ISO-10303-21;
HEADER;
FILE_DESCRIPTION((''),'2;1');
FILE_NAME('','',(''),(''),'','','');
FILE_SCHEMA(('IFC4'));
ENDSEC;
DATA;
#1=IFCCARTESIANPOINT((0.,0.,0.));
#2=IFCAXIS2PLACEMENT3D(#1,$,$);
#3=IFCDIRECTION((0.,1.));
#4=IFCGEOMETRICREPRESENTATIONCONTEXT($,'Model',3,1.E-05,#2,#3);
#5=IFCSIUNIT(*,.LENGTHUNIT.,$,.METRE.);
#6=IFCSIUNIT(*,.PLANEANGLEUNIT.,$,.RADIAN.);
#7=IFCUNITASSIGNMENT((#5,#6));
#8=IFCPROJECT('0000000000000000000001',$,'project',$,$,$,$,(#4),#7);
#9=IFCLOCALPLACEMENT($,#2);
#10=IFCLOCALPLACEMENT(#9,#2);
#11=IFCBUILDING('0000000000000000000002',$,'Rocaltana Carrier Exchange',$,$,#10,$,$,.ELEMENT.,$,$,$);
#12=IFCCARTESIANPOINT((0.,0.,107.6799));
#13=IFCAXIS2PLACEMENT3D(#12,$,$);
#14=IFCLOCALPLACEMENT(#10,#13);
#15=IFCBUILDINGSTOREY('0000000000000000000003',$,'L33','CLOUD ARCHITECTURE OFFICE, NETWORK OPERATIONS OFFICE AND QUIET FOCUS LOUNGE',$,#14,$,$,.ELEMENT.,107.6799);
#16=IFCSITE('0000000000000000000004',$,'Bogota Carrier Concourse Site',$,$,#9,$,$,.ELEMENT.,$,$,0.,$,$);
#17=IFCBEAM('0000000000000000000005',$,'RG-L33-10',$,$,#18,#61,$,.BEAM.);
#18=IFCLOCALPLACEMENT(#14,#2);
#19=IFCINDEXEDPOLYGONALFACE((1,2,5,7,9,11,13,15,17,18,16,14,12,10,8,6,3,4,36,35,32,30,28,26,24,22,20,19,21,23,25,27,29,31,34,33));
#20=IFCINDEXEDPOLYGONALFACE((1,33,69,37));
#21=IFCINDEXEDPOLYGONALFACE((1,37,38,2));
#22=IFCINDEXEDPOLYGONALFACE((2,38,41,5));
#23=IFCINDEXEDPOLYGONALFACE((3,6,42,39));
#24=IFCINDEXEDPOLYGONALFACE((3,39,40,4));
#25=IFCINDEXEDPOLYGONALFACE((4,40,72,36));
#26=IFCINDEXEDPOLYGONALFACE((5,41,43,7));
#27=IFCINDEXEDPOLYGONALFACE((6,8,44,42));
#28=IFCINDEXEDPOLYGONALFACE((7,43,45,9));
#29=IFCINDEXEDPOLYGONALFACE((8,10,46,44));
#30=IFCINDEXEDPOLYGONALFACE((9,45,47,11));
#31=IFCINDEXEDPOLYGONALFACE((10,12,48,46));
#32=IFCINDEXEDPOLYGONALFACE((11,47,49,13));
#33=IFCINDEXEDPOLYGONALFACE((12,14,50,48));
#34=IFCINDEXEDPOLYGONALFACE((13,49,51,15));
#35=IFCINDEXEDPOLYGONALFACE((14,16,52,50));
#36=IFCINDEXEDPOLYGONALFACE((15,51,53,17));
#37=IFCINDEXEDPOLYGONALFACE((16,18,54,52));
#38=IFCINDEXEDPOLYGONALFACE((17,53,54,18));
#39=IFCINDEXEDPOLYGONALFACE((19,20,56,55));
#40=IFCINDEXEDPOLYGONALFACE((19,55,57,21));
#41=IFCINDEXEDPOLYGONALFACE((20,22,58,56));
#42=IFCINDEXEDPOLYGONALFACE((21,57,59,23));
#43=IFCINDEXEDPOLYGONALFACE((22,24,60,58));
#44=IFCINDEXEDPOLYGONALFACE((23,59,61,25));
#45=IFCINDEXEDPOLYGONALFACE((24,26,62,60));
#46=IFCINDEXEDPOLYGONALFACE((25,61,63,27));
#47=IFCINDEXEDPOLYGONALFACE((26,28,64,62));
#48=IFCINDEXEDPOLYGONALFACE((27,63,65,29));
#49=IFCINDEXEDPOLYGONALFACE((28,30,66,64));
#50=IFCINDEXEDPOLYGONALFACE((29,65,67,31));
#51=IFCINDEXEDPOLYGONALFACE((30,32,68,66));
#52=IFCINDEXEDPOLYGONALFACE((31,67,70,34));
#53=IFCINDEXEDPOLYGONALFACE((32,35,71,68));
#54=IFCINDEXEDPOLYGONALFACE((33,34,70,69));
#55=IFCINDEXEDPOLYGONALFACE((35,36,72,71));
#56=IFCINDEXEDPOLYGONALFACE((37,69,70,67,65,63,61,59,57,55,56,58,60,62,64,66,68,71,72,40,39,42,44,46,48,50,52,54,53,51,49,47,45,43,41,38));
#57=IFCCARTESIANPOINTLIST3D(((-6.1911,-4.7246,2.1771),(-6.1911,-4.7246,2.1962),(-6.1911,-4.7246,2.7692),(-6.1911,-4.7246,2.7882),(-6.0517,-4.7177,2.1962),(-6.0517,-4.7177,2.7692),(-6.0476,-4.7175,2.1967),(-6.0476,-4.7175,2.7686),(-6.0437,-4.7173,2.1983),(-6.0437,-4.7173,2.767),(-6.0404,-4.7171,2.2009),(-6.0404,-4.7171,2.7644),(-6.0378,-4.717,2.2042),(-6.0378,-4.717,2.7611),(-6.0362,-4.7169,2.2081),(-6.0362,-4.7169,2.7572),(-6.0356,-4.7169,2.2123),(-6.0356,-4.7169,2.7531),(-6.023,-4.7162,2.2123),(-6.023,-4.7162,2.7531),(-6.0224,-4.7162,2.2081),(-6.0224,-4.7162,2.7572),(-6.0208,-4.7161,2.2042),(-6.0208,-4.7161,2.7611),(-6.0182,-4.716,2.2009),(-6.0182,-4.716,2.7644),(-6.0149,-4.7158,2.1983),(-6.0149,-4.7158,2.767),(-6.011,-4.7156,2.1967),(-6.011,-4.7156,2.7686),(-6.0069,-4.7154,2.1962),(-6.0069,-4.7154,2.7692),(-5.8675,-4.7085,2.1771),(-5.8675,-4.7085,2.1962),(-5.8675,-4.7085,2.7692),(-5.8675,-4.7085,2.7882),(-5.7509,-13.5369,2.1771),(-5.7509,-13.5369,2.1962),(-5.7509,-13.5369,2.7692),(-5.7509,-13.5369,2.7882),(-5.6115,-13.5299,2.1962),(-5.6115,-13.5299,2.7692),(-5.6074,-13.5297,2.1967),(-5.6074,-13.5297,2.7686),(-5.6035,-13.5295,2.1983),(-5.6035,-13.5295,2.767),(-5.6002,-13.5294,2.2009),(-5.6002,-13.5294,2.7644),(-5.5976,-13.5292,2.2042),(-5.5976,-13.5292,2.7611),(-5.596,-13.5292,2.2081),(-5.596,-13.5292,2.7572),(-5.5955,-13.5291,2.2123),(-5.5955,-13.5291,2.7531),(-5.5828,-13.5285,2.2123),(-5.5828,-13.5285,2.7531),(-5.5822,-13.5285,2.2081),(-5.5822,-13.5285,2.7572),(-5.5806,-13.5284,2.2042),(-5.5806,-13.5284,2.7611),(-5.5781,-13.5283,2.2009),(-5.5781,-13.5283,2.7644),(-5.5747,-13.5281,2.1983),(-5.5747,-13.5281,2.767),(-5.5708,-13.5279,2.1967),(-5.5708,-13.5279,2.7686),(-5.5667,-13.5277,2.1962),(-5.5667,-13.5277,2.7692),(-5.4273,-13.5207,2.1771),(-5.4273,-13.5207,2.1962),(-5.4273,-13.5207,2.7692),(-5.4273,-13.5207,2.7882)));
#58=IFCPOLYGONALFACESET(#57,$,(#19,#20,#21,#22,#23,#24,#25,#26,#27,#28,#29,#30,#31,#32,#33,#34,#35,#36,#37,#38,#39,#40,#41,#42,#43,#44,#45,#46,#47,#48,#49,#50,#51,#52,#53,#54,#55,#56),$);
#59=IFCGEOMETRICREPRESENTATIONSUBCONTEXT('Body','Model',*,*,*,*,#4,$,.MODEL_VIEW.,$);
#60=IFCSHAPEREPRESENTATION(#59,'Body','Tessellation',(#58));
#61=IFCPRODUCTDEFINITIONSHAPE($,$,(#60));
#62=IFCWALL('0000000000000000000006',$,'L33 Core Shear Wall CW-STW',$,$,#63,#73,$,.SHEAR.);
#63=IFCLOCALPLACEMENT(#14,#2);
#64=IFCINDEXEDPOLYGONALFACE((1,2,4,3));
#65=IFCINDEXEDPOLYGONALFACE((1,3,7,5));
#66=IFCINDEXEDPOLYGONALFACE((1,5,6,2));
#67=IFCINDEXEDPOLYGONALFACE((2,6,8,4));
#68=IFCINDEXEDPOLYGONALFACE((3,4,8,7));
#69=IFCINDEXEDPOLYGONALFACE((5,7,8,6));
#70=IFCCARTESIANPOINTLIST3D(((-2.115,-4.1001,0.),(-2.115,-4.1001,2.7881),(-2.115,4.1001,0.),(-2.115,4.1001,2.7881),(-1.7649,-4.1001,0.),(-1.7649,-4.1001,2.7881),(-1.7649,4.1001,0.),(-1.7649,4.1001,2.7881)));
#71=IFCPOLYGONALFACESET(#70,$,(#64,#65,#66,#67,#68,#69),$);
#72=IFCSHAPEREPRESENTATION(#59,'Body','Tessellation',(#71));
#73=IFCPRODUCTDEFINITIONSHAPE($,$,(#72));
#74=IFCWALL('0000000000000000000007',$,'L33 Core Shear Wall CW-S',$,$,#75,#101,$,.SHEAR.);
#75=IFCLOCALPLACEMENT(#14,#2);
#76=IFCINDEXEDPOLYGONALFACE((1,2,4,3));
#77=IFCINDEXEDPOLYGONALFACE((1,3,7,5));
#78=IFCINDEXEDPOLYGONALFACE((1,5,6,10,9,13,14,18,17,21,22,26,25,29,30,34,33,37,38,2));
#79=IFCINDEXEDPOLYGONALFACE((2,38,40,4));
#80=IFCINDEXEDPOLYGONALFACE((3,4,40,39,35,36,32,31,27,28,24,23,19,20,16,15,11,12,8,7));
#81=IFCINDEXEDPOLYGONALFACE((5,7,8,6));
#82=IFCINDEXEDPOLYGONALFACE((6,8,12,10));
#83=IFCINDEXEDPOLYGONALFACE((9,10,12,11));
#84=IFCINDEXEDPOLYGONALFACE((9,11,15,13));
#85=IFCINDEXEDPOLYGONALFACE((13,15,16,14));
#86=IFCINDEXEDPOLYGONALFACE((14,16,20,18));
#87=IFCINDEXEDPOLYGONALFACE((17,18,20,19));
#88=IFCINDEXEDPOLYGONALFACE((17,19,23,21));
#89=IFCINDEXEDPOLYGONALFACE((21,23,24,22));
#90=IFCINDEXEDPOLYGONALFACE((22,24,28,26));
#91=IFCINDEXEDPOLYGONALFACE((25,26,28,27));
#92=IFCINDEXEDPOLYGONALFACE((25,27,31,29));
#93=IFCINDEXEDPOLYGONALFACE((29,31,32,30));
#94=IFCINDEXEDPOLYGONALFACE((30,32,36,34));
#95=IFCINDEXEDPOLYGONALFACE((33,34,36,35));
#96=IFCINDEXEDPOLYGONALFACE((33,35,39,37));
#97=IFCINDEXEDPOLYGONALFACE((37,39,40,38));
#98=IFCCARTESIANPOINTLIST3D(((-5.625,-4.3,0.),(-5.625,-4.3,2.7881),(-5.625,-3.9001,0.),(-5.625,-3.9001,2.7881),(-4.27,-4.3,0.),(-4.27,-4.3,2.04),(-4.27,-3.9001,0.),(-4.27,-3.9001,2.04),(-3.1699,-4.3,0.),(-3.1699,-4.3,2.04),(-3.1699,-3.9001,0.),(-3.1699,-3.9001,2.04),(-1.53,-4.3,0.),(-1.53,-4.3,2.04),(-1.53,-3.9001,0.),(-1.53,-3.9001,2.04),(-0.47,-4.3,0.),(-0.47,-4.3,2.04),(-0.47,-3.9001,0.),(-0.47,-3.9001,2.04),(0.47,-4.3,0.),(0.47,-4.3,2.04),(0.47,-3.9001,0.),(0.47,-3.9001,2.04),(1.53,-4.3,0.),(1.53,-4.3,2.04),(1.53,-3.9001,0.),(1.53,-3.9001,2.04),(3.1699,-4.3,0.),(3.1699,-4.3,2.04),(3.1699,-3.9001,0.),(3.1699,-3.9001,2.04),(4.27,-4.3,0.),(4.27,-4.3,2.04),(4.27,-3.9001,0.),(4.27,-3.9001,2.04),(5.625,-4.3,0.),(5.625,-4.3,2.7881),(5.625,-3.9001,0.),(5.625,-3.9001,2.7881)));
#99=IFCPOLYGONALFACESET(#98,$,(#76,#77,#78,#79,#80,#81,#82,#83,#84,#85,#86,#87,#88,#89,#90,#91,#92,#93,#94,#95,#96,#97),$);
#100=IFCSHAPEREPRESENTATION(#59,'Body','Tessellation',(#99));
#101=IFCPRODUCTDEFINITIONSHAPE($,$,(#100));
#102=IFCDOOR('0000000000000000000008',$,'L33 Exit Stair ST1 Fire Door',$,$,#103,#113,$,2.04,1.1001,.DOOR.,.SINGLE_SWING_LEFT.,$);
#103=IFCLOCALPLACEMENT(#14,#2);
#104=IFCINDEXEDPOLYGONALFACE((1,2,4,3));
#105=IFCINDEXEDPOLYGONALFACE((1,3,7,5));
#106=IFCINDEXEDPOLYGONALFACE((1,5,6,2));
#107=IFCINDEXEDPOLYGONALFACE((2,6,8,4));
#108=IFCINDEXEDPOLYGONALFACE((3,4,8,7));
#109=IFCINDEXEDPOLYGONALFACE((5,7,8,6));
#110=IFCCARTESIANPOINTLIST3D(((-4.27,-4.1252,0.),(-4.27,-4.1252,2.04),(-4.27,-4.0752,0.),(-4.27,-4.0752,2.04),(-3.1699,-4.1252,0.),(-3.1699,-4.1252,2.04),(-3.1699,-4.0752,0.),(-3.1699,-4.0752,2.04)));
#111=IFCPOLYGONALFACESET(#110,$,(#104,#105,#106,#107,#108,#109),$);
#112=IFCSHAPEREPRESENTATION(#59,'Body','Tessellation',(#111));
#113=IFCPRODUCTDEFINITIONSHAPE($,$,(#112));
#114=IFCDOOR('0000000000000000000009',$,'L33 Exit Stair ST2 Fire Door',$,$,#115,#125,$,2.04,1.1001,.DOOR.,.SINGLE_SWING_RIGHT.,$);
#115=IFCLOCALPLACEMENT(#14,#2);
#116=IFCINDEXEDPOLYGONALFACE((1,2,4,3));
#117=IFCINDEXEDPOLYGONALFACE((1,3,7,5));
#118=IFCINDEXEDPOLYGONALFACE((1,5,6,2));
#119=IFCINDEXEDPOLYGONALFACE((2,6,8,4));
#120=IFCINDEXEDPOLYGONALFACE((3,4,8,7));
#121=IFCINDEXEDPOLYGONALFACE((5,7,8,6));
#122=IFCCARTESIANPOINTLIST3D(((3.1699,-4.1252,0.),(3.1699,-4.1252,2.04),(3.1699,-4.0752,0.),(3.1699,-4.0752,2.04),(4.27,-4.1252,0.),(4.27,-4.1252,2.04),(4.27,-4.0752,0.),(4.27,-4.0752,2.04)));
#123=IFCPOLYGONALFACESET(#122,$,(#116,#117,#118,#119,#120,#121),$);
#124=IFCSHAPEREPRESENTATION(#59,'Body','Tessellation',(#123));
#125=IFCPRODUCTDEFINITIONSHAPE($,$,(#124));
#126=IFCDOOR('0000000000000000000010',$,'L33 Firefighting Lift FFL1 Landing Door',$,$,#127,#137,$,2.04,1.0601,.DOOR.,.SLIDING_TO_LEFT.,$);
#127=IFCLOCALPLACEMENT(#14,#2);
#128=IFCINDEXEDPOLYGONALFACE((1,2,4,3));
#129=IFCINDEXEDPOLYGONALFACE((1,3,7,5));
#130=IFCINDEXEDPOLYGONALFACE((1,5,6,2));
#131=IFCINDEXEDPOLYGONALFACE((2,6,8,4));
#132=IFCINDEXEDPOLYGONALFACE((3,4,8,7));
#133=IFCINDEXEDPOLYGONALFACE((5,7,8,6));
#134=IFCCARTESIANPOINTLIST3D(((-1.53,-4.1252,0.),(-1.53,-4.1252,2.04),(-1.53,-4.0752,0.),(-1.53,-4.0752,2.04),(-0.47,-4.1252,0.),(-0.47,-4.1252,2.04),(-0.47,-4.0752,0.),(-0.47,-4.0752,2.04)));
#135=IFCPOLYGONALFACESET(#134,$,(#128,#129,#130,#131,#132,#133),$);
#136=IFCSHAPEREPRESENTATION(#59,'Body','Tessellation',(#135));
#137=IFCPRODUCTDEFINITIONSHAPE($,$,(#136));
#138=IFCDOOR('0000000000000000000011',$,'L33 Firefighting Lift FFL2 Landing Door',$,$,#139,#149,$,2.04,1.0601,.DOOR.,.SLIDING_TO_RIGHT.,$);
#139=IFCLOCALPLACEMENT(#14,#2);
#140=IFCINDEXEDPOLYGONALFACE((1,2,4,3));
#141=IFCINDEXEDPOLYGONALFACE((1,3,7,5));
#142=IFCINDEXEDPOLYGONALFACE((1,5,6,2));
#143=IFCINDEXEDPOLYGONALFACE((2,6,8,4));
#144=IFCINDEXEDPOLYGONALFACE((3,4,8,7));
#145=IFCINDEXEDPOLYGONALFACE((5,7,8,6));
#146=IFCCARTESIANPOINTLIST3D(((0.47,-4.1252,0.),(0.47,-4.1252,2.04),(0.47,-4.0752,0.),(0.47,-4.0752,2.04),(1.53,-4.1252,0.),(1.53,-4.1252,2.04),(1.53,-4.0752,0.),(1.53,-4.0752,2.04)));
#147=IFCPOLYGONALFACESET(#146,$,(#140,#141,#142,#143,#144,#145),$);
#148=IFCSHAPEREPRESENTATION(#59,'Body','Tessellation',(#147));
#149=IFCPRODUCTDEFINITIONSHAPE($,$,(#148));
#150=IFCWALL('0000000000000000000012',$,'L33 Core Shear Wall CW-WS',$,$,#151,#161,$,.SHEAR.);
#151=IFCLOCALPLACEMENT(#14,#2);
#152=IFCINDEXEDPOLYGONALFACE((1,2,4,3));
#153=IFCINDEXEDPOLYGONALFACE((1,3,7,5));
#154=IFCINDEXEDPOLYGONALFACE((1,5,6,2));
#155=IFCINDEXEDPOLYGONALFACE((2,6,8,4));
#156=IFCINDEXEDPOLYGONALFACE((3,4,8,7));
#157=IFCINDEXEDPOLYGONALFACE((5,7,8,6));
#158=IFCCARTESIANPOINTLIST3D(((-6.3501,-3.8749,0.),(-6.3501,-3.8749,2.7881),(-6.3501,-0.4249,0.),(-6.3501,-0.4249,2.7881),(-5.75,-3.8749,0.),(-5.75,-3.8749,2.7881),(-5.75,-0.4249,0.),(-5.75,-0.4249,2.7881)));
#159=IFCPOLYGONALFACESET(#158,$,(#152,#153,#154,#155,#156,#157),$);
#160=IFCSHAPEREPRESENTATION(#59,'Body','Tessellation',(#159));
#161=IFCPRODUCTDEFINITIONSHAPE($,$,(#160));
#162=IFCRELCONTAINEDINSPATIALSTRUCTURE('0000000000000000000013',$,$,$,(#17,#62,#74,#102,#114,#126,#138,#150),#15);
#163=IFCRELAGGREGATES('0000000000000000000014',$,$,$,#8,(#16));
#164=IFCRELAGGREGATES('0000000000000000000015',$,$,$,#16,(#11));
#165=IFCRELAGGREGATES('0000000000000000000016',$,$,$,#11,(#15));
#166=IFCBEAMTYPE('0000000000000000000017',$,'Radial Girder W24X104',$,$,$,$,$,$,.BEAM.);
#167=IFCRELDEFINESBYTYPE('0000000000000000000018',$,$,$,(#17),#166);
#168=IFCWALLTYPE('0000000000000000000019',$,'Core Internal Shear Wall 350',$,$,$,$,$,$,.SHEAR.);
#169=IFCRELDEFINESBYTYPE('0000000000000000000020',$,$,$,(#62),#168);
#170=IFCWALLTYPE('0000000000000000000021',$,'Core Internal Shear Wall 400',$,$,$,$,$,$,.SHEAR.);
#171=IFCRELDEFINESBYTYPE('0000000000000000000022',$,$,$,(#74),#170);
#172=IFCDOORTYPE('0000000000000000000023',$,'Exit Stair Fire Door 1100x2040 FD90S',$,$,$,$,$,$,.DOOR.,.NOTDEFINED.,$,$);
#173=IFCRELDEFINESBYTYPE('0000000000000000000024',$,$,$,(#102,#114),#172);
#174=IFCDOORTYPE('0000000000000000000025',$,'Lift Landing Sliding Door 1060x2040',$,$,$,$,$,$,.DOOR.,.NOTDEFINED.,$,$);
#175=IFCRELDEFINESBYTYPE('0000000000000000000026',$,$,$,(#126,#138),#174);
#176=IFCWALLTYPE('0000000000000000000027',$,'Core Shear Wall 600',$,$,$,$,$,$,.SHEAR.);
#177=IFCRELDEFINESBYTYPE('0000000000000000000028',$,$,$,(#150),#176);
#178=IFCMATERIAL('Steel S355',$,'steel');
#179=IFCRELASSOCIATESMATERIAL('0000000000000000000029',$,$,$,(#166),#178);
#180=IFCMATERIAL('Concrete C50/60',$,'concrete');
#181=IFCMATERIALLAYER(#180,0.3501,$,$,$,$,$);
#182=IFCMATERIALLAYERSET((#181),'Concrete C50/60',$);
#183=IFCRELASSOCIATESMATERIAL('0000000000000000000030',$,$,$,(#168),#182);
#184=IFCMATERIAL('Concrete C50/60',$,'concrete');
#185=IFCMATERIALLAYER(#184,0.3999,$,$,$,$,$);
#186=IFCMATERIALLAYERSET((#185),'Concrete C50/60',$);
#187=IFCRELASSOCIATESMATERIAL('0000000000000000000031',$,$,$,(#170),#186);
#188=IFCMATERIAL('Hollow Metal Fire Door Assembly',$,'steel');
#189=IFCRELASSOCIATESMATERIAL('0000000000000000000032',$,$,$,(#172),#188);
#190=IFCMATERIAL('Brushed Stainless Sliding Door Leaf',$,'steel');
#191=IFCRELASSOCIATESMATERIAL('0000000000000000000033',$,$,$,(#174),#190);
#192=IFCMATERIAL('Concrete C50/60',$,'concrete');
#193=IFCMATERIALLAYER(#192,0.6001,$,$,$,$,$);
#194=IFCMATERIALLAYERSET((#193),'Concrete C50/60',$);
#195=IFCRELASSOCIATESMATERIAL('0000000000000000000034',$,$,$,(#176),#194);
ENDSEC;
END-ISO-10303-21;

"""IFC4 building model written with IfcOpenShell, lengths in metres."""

from ifc_helpers import new_model, si_unit, direction, frame, frame_2d, origin, origin_2d, place, context, subcontext, project, spatial, rectangle, i_section, extrude, material, layer, layer_set, material_profile, profile_set, type_object, element, fill, save


model = new_model("IFC4")

# Units and contexts
model_context = context("Model", 3, precision=1e-05, world=origin(), true_north=direction((0.0, 1.0)))
body_context = subcontext(model_context, "Body", "Model", "MODEL_VIEW")
ifc_project = project(units=[si_unit("LENGTHUNIT", "METRE"), si_unit("PLANEANGLEUNIT", "RADIAN")], contexts=[model_context])

# Site, building, storey
site_placement = place(None, origin())
site = spatial("IfcSite", under=ifc_project, at=site_placement, Name="Bogota Carrier Concourse Site", CompositionType="ELEMENT", RefElevation=0.0)
building_placement = place(site_placement, origin())
building = spatial("IfcBuilding", under=site, at=building_placement, Name="Rocaltana Carrier Exchange", CompositionType="ELEMENT")
storey_placement = place(building_placement, frame((0.0, 0.0, 107.6799)))
storey = spatial("IfcBuildingStorey", under=building, at=storey_placement, Name="L33", Description="CLOUD ARCHITECTURE OFFICE, NETWORK OPERATIONS OFFICE AND QUIET FOCUS LOUNGE", CompositionType="ELEMENT", Elevation=107.6799)

# Beam
ifc_material_1 = material(Name="Steel S355", Category="steel")
ifc_material_profile_1 = material_profile(ifc_material_1, i_section(OverallWidth=0.324, OverallDepth=0.6111, WebThickness=0.0127, FlangeThickness=0.019, FilletRadius=0.0161, at=origin_2d()), Name="W24X104")
ifc_profile_set_1 = profile_set([ifc_material_profile_1], Name="Steel S355")
beam_type = type_object("IfcBeamType", Name="Radial Girder W24X104", PredefinedType="BEAM", material=ifc_profile_set_1)
beam_1_placement = place(storey_placement, frame((-6.0293, -4.7166, 2.4827), z_axis=(0.049889, -0.998755, 0.0), x_axis=(0.998755, 0.049889, 0.0)))
element("IfcBeam", 1, at=beam_1_placement, inside=storey, type_object=beam_type, Name="RG-L33-10", PredefinedType="BEAM", context=body_context, shape_type="SweptSolid", body=[
    extrude(i_section(OverallWidth=0.324, OverallDepth=0.6111, WebThickness=0.0127, FlangeThickness=0.019, FilletRadius=0.0161, at=origin_2d()), origin(), (0.0, 0.0, 1.0), 8.8232),
])

# Wall
ifc_material_2 = material(Name="Concrete C50/60", Category="concrete")
ifc_layer_1 = layer(ifc_material_2, 0.3501)
ifc_layer_set_1 = layer_set([ifc_layer_1], Name="Concrete C50/60")
wall_type_1 = type_object("IfcWallType", Name="Core Internal Shear Wall 350", PredefinedType="SHEAR", material=ifc_layer_set_1)
wall_1_placement = place(storey_placement, frame((-1.9399, -4.1001, 0.0), z_axis=(0.0, 0.0, 1.0), x_axis=(0.0, 1.0, 0.0)))
element("IfcWall", 2, at=wall_1_placement, inside=storey, type_object=wall_type_1, Name="L33 Core Shear Wall CW-STW", PredefinedType="SHEAR", context=body_context, shape_type="SweptSolid", body=[
    extrude(rectangle(XDim=8.2002, YDim=0.3501, at=frame_2d((4.1001, 0.0))), origin(), (0.0, 0.0, 1.0), 2.7881),
])

# Wall, openings, doors
ifc_material_3 = material(Name="Concrete C50/60", Category="concrete")
ifc_layer_2 = layer(ifc_material_3, 0.3999)
ifc_layer_set_2 = layer_set([ifc_layer_2], Name="Concrete C50/60")
wall_type_2 = type_object("IfcWallType", Name="Core Internal Shear Wall 400", PredefinedType="SHEAR", material=ifc_layer_set_2)
wall_2_placement = place(storey_placement, frame((-5.625, -4.1001, 0.0), z_axis=(0.0, 0.0, 1.0), x_axis=(1.0, 0.0, 0.0)))
wall_2 = element("IfcWall", 3, at=wall_2_placement, inside=storey, type_object=wall_type_2, Name="L33 Core Shear Wall CW-S", PredefinedType="SHEAR", context=body_context, shape_type="SweptSolid", body=[
    extrude(rectangle(XDim=11.25, YDim=0.3999, at=frame_2d((5.625, 0.0))), origin(), (0.0, 0.0, 1.0), 2.7881),
])
opening_1_placement = place(wall_2_placement, frame((1.355, 0.0, 0.0)))
opening_1 = element("IfcOpeningElement", 4, at=opening_1_placement, cuts=wall_2, PredefinedType="OPENING", context=body_context, shape_type="SweptSolid", body=[
    extrude(rectangle(XDim=1.1001, YDim=2.04, at=frame_2d((0.55, 1.02))), frame((0.0, 0.21, 0.0), z_axis=(0.0, -1.0, 0.0), x_axis=(1.0, 0.0, 0.0)), (0.0, 0.0, 1.0), 0.4199),
])
opening_2_placement = place(wall_2_placement, frame((8.7949, 0.0, 0.0)))
opening_2 = element("IfcOpeningElement", 5, at=opening_2_placement, cuts=wall_2, PredefinedType="OPENING", context=body_context, shape_type="SweptSolid", body=[
    extrude(rectangle(XDim=1.1001, YDim=2.04, at=frame_2d((0.55, 1.02))), frame((0.0, 0.21, 0.0), z_axis=(0.0, -1.0, 0.0), x_axis=(1.0, 0.0, 0.0)), (0.0, 0.0, 1.0), 0.4199),
])
opening_3_placement = place(wall_2_placement, frame((4.095, 0.0, 0.0)))
opening_3 = element("IfcOpeningElement", 6, at=opening_3_placement, cuts=wall_2, PredefinedType="OPENING", context=body_context, shape_type="SweptSolid", body=[
    extrude(rectangle(XDim=1.0601, YDim=2.04, at=frame_2d((0.53, 1.02))), frame((0.0, 0.21, 0.0), z_axis=(0.0, -1.0, 0.0), x_axis=(1.0, 0.0, 0.0)), (0.0, 0.0, 1.0), 0.4199),
])
opening_4_placement = place(wall_2_placement, frame((6.095, 0.0, 0.0)))
opening_4 = element("IfcOpeningElement", 7, at=opening_4_placement, cuts=wall_2, PredefinedType="OPENING", context=body_context, shape_type="SweptSolid", body=[
    extrude(rectangle(XDim=1.0601, YDim=2.04, at=frame_2d((0.53, 1.02))), frame((0.0, 0.21, 0.0), z_axis=(0.0, -1.0, 0.0), x_axis=(1.0, 0.0, 0.0)), (0.0, 0.0, 1.0), 0.4199),
])
ifc_material_4 = material(Name="Hollow Metal Fire Door Assembly", Category="steel")
door_type_1 = type_object("IfcDoorType", Name="Exit Stair Fire Door 1100x2040 FD90S", OperationType="NOTDEFINED", PredefinedType="DOOR", material=ifc_material_4)
door_1_placement = place(opening_1_placement, origin())
door_1 = element("IfcDoor", 8, at=door_1_placement, inside=storey, type_object=door_type_1, Name="L33 Exit Stair ST1 Fire Door", OperationType="SINGLE_SWING_LEFT", OverallHeight=2.04, OverallWidth=1.1001, PredefinedType="DOOR", context=body_context, shape_type="SweptSolid", body=[
    extrude(rectangle(XDim=1.1001, YDim=2.04, at=frame_2d((0.55, 1.02))), frame((0.0, 0.0249, 0.0), z_axis=(0.0, -1.0, 0.0), x_axis=(1.0, 0.0, 0.0)), (0.0, 0.0, 1.0), 0.05),
])
fill(opening_1, door_1)
door_2_placement = place(opening_2_placement, origin())
door_2 = element("IfcDoor", 9, at=door_2_placement, inside=storey, type_object=door_type_1, Name="L33 Exit Stair ST2 Fire Door", OperationType="SINGLE_SWING_RIGHT", OverallHeight=2.04, OverallWidth=1.1001, PredefinedType="DOOR", context=body_context, shape_type="SweptSolid", body=[
    extrude(rectangle(XDim=1.1001, YDim=2.04, at=frame_2d((0.55, 1.02))), frame((0.0, 0.0249, 0.0), z_axis=(0.0, -1.0, 0.0), x_axis=(1.0, 0.0, 0.0)), (0.0, 0.0, 1.0), 0.05),
])
fill(opening_2, door_2)
ifc_material_5 = material(Name="Brushed Stainless Sliding Door Leaf", Category="steel")
door_type_2 = type_object("IfcDoorType", Name="Lift Landing Sliding Door 1060x2040", OperationType="NOTDEFINED", PredefinedType="DOOR", material=ifc_material_5)
door_3_placement = place(opening_3_placement, origin())
door_3 = element("IfcDoor", 10, at=door_3_placement, inside=storey, type_object=door_type_2, Name="L33 Firefighting Lift FFL1 Landing Door", OperationType="SLIDING_TO_LEFT", OverallHeight=2.04, OverallWidth=1.0601, PredefinedType="DOOR", context=body_context, shape_type="SweptSolid", body=[
    extrude(rectangle(XDim=1.0601, YDim=2.04, at=frame_2d((0.53, 1.02))), frame((0.0, 0.0249, 0.0), z_axis=(0.0, -1.0, 0.0), x_axis=(1.0, 0.0, 0.0)), (0.0, 0.0, 1.0), 0.05),
])
fill(opening_3, door_3)
door_4_placement = place(opening_4_placement, origin())
door_4 = element("IfcDoor", 11, at=door_4_placement, inside=storey, type_object=door_type_2, Name="L33 Firefighting Lift FFL2 Landing Door", OperationType="SLIDING_TO_RIGHT", OverallHeight=2.04, OverallWidth=1.0601, PredefinedType="DOOR", context=body_context, shape_type="SweptSolid", body=[
    extrude(rectangle(XDim=1.0601, YDim=2.04, at=frame_2d((0.53, 1.02))), frame((0.0, 0.0249, 0.0), z_axis=(0.0, -1.0, 0.0), x_axis=(1.0, 0.0, 0.0)), (0.0, 0.0, 1.0), 0.05),
])
fill(opening_4, door_4)

# Wall
ifc_material_6 = material(Name="Concrete C50/60", Category="concrete")
ifc_layer_3 = layer(ifc_material_6, 0.6001)
ifc_layer_set_3 = layer_set([ifc_layer_3], Name="Concrete C50/60")
wall_type_3 = type_object("IfcWallType", Name="Core Shear Wall 600", PredefinedType="SHEAR", material=ifc_layer_set_3)
wall_3_placement = place(storey_placement, frame((-6.05, -3.875, 0.0), z_axis=(0.0, 0.0, 1.0), x_axis=(0.0, 1.0, 0.0)))
element("IfcWall", 12, at=wall_3_placement, inside=storey, type_object=wall_type_3, Name="L33 Core Shear Wall CW-WS", PredefinedType="SHEAR", context=body_context, shape_type="SweptSolid", body=[
    extrude(rectangle(XDim=3.45, YDim=0.6001, at=frame_2d((1.7251, 0.0))), origin(), (0.0, 0.0, 1.0), 2.7881),
])

save(model, "model.ifc")
